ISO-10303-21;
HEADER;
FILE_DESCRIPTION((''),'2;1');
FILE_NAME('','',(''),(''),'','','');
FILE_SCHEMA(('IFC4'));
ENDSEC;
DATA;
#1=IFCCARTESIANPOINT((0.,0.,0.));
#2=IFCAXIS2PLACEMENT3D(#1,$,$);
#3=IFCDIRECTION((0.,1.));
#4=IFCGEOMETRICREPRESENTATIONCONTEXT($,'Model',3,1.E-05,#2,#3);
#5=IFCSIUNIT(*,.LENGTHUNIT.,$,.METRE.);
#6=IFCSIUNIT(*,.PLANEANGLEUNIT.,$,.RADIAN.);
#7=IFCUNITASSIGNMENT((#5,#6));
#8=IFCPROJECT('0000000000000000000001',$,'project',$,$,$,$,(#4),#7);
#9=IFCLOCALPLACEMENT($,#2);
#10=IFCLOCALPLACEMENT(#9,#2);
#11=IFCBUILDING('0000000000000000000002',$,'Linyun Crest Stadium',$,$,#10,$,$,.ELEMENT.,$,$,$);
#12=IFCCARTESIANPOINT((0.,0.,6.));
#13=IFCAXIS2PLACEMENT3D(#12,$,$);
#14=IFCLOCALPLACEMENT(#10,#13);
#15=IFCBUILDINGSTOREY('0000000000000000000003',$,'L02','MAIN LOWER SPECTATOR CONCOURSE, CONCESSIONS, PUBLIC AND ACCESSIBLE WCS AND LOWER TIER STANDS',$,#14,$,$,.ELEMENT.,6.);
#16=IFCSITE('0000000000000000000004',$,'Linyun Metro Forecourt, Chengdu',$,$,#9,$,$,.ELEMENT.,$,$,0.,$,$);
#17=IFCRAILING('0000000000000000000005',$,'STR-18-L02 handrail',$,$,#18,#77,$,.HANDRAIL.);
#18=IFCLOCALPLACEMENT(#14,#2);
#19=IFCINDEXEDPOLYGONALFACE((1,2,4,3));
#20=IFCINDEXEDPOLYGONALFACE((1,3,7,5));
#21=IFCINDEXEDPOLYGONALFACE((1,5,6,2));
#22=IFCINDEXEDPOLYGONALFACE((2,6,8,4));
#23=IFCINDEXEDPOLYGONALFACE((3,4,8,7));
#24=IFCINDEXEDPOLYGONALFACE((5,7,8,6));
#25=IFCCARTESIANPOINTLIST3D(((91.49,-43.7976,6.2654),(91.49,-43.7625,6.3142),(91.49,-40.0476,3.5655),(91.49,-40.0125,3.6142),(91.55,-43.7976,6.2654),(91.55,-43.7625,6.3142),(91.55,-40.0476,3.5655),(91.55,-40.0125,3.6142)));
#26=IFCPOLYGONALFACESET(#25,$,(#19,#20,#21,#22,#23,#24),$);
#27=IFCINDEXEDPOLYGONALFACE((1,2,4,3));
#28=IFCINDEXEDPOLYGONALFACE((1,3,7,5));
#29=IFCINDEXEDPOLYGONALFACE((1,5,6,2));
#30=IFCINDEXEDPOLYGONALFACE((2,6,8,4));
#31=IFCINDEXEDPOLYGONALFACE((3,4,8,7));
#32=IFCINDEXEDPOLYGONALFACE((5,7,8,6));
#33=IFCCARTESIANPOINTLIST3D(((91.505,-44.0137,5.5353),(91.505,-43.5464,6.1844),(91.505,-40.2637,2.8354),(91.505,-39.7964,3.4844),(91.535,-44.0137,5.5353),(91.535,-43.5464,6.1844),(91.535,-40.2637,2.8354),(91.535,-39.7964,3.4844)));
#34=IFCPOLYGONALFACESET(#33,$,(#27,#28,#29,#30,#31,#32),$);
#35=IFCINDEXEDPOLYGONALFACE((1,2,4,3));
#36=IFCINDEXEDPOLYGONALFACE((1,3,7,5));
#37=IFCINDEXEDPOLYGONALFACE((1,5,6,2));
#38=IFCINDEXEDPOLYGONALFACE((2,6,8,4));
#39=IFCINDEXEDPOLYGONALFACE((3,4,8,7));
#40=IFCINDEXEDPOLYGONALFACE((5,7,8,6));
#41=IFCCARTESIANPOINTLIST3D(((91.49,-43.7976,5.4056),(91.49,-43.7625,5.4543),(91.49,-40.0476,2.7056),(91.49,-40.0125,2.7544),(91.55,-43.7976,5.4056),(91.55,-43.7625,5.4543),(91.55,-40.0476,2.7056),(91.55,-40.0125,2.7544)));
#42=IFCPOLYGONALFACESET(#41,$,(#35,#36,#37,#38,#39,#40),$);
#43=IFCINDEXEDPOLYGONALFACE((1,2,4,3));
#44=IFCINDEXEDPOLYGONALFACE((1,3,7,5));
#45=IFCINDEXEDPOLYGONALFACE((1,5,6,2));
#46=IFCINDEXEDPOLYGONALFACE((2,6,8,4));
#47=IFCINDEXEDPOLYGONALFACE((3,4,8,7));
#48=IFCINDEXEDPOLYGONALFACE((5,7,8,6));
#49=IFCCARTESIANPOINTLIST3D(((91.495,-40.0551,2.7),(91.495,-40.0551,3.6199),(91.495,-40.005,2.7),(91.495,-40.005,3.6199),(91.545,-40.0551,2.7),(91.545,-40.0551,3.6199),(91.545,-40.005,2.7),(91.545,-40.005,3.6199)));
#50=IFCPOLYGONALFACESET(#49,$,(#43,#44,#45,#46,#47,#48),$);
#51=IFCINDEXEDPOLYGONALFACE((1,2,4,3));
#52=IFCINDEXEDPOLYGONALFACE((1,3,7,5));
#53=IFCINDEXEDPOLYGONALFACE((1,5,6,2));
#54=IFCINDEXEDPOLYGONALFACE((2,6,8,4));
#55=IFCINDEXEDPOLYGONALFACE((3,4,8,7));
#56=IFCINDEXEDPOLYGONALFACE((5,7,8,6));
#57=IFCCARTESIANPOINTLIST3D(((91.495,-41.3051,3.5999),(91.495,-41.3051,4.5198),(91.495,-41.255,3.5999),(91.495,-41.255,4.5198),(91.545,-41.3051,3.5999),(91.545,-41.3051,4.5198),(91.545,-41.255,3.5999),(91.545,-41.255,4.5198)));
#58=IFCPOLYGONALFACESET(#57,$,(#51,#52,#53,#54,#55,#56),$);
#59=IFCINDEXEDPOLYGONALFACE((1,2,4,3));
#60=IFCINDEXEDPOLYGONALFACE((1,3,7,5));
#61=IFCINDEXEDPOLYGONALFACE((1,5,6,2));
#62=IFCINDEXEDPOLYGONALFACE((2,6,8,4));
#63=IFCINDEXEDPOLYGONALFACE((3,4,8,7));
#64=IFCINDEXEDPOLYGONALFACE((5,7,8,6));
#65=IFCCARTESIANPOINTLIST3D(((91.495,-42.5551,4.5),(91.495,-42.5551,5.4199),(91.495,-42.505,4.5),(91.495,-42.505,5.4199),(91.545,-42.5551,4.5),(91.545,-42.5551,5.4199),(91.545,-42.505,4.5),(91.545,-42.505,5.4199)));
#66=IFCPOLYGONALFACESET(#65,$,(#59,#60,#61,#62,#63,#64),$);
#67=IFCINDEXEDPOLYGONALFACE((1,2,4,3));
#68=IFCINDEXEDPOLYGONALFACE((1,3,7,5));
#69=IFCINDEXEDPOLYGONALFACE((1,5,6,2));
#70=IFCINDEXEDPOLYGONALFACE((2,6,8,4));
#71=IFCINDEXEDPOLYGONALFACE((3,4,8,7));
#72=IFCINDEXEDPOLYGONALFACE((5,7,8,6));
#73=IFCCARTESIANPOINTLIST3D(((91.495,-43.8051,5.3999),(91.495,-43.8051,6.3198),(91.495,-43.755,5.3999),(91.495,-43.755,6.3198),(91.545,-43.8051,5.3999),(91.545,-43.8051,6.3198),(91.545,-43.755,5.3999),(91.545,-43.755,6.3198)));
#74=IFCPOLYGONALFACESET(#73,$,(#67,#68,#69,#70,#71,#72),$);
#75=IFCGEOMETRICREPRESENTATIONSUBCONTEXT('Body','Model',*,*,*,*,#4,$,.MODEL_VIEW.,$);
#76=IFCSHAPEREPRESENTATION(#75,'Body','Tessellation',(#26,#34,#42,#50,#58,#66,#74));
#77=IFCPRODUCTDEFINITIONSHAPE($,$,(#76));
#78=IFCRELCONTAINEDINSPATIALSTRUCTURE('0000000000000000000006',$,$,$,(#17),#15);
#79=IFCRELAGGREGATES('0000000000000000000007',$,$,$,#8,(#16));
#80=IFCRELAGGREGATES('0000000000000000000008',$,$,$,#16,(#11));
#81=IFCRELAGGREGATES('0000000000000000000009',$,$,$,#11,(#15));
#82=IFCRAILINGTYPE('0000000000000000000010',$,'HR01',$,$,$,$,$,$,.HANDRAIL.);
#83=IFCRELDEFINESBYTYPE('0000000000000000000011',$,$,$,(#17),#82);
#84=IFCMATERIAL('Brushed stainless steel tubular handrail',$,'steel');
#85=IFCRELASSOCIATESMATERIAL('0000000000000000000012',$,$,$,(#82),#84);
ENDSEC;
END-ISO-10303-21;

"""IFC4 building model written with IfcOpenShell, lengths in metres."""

from ifc_helpers import new_model, si_unit, direction, frame, origin, origin_2d, place, context, subcontext, project, spatial, rectangle, extrude, material, type_object, element, save


model = new_model("IFC4")

# Units and contexts
model_context = context("Model", 3, precision=1e-05, world=origin(), true_north=direction((0.0, 1.0)))
body_context = subcontext(model_context, "Body", "Model", "MODEL_VIEW")
ifc_project = project(units=[si_unit("LENGTHUNIT", "METRE"), si_unit("PLANEANGLEUNIT", "RADIAN")], contexts=[model_context])

# Site, building, storey
site_placement = place(None, origin())
site = spatial("IfcSite", under=ifc_project, at=site_placement, Name="Linyun Metro Forecourt, Chengdu", CompositionType="ELEMENT", RefElevation=0.0)
building_placement = place(site_placement, origin())
building = spatial("IfcBuilding", under=site, at=building_placement, Name="Linyun Crest Stadium", CompositionType="ELEMENT")
storey_placement = place(building_placement, frame((0.0, 0.0, 6.0)))
storey = spatial("IfcBuildingStorey", under=building, at=storey_placement, Name="L02", Description="MAIN LOWER SPECTATOR CONCOURSE, CONCESSIONS, PUBLIC AND ACCESSIBLE WCS AND LOWER TIER STANDS", CompositionType="ELEMENT", Elevation=6.0)

# Railing
ifc_material_1 = material(Name="Brushed stainless steel tubular handrail", Category="steel")
railing_type_1 = type_object("IfcRailingType", Name="HR01", PredefinedType="HANDRAIL", material=ifc_material_1)
railing_1_placement = place(storey_placement, frame((91.52, -40.03, 2.7)))
element("IfcRailing", 1, at=railing_1_placement, inside=storey, type_object=railing_type_1, Name="STR-18-L02 handrail", PredefinedType="HANDRAIL", context=body_context, shape_type="SweptSolid", body=[
    extrude(rectangle(XDim=0.0601, YDim=0.0601, at=origin_2d()), frame((0.0, 0.0, 0.8899), z_axis=(0.0, -0.811539, 0.584298), x_axis=(1.0, 0.0, 0.0)), (0.0, 0.0, 1.0), 4.6208),
    extrude(rectangle(XDim=0.03, YDim=0.7998, at=origin_2d()), frame((0.0, 0.0, 0.46), z_axis=(0.0, -0.811539, 0.584298), x_axis=(1.0, 0.0, 0.0)), (0.0, 0.0, 1.0), 4.6208),
    extrude(rectangle(XDim=0.0601, YDim=0.0601, at=origin_2d()), frame((0.0, 0.0, 0.03), z_axis=(0.0, -0.811539, 0.584298), x_axis=(1.0, 0.0, 0.0)), (0.0, 0.0, 1.0), 4.6208),
    extrude(rectangle(XDim=0.05, YDim=0.05, at=origin_2d()), origin(), (0.0, 0.0, 1.0), 0.9199),
    extrude(rectangle(XDim=0.05, YDim=0.05, at=origin_2d()), frame((0.0, -1.25, 0.8999)), (0.0, 0.0, 1.0), 0.9199),
    extrude(rectangle(XDim=0.05, YDim=0.05, at=origin_2d()), frame((0.0, -2.5, 1.8)), (0.0, 0.0, 1.0), 0.9199),
    extrude(rectangle(XDim=0.05, YDim=0.05, at=origin_2d()), frame((0.0, -3.75, 2.7)), (0.0, 0.0, 1.0), 0.9199),
])

save(model, "model.ifc")
